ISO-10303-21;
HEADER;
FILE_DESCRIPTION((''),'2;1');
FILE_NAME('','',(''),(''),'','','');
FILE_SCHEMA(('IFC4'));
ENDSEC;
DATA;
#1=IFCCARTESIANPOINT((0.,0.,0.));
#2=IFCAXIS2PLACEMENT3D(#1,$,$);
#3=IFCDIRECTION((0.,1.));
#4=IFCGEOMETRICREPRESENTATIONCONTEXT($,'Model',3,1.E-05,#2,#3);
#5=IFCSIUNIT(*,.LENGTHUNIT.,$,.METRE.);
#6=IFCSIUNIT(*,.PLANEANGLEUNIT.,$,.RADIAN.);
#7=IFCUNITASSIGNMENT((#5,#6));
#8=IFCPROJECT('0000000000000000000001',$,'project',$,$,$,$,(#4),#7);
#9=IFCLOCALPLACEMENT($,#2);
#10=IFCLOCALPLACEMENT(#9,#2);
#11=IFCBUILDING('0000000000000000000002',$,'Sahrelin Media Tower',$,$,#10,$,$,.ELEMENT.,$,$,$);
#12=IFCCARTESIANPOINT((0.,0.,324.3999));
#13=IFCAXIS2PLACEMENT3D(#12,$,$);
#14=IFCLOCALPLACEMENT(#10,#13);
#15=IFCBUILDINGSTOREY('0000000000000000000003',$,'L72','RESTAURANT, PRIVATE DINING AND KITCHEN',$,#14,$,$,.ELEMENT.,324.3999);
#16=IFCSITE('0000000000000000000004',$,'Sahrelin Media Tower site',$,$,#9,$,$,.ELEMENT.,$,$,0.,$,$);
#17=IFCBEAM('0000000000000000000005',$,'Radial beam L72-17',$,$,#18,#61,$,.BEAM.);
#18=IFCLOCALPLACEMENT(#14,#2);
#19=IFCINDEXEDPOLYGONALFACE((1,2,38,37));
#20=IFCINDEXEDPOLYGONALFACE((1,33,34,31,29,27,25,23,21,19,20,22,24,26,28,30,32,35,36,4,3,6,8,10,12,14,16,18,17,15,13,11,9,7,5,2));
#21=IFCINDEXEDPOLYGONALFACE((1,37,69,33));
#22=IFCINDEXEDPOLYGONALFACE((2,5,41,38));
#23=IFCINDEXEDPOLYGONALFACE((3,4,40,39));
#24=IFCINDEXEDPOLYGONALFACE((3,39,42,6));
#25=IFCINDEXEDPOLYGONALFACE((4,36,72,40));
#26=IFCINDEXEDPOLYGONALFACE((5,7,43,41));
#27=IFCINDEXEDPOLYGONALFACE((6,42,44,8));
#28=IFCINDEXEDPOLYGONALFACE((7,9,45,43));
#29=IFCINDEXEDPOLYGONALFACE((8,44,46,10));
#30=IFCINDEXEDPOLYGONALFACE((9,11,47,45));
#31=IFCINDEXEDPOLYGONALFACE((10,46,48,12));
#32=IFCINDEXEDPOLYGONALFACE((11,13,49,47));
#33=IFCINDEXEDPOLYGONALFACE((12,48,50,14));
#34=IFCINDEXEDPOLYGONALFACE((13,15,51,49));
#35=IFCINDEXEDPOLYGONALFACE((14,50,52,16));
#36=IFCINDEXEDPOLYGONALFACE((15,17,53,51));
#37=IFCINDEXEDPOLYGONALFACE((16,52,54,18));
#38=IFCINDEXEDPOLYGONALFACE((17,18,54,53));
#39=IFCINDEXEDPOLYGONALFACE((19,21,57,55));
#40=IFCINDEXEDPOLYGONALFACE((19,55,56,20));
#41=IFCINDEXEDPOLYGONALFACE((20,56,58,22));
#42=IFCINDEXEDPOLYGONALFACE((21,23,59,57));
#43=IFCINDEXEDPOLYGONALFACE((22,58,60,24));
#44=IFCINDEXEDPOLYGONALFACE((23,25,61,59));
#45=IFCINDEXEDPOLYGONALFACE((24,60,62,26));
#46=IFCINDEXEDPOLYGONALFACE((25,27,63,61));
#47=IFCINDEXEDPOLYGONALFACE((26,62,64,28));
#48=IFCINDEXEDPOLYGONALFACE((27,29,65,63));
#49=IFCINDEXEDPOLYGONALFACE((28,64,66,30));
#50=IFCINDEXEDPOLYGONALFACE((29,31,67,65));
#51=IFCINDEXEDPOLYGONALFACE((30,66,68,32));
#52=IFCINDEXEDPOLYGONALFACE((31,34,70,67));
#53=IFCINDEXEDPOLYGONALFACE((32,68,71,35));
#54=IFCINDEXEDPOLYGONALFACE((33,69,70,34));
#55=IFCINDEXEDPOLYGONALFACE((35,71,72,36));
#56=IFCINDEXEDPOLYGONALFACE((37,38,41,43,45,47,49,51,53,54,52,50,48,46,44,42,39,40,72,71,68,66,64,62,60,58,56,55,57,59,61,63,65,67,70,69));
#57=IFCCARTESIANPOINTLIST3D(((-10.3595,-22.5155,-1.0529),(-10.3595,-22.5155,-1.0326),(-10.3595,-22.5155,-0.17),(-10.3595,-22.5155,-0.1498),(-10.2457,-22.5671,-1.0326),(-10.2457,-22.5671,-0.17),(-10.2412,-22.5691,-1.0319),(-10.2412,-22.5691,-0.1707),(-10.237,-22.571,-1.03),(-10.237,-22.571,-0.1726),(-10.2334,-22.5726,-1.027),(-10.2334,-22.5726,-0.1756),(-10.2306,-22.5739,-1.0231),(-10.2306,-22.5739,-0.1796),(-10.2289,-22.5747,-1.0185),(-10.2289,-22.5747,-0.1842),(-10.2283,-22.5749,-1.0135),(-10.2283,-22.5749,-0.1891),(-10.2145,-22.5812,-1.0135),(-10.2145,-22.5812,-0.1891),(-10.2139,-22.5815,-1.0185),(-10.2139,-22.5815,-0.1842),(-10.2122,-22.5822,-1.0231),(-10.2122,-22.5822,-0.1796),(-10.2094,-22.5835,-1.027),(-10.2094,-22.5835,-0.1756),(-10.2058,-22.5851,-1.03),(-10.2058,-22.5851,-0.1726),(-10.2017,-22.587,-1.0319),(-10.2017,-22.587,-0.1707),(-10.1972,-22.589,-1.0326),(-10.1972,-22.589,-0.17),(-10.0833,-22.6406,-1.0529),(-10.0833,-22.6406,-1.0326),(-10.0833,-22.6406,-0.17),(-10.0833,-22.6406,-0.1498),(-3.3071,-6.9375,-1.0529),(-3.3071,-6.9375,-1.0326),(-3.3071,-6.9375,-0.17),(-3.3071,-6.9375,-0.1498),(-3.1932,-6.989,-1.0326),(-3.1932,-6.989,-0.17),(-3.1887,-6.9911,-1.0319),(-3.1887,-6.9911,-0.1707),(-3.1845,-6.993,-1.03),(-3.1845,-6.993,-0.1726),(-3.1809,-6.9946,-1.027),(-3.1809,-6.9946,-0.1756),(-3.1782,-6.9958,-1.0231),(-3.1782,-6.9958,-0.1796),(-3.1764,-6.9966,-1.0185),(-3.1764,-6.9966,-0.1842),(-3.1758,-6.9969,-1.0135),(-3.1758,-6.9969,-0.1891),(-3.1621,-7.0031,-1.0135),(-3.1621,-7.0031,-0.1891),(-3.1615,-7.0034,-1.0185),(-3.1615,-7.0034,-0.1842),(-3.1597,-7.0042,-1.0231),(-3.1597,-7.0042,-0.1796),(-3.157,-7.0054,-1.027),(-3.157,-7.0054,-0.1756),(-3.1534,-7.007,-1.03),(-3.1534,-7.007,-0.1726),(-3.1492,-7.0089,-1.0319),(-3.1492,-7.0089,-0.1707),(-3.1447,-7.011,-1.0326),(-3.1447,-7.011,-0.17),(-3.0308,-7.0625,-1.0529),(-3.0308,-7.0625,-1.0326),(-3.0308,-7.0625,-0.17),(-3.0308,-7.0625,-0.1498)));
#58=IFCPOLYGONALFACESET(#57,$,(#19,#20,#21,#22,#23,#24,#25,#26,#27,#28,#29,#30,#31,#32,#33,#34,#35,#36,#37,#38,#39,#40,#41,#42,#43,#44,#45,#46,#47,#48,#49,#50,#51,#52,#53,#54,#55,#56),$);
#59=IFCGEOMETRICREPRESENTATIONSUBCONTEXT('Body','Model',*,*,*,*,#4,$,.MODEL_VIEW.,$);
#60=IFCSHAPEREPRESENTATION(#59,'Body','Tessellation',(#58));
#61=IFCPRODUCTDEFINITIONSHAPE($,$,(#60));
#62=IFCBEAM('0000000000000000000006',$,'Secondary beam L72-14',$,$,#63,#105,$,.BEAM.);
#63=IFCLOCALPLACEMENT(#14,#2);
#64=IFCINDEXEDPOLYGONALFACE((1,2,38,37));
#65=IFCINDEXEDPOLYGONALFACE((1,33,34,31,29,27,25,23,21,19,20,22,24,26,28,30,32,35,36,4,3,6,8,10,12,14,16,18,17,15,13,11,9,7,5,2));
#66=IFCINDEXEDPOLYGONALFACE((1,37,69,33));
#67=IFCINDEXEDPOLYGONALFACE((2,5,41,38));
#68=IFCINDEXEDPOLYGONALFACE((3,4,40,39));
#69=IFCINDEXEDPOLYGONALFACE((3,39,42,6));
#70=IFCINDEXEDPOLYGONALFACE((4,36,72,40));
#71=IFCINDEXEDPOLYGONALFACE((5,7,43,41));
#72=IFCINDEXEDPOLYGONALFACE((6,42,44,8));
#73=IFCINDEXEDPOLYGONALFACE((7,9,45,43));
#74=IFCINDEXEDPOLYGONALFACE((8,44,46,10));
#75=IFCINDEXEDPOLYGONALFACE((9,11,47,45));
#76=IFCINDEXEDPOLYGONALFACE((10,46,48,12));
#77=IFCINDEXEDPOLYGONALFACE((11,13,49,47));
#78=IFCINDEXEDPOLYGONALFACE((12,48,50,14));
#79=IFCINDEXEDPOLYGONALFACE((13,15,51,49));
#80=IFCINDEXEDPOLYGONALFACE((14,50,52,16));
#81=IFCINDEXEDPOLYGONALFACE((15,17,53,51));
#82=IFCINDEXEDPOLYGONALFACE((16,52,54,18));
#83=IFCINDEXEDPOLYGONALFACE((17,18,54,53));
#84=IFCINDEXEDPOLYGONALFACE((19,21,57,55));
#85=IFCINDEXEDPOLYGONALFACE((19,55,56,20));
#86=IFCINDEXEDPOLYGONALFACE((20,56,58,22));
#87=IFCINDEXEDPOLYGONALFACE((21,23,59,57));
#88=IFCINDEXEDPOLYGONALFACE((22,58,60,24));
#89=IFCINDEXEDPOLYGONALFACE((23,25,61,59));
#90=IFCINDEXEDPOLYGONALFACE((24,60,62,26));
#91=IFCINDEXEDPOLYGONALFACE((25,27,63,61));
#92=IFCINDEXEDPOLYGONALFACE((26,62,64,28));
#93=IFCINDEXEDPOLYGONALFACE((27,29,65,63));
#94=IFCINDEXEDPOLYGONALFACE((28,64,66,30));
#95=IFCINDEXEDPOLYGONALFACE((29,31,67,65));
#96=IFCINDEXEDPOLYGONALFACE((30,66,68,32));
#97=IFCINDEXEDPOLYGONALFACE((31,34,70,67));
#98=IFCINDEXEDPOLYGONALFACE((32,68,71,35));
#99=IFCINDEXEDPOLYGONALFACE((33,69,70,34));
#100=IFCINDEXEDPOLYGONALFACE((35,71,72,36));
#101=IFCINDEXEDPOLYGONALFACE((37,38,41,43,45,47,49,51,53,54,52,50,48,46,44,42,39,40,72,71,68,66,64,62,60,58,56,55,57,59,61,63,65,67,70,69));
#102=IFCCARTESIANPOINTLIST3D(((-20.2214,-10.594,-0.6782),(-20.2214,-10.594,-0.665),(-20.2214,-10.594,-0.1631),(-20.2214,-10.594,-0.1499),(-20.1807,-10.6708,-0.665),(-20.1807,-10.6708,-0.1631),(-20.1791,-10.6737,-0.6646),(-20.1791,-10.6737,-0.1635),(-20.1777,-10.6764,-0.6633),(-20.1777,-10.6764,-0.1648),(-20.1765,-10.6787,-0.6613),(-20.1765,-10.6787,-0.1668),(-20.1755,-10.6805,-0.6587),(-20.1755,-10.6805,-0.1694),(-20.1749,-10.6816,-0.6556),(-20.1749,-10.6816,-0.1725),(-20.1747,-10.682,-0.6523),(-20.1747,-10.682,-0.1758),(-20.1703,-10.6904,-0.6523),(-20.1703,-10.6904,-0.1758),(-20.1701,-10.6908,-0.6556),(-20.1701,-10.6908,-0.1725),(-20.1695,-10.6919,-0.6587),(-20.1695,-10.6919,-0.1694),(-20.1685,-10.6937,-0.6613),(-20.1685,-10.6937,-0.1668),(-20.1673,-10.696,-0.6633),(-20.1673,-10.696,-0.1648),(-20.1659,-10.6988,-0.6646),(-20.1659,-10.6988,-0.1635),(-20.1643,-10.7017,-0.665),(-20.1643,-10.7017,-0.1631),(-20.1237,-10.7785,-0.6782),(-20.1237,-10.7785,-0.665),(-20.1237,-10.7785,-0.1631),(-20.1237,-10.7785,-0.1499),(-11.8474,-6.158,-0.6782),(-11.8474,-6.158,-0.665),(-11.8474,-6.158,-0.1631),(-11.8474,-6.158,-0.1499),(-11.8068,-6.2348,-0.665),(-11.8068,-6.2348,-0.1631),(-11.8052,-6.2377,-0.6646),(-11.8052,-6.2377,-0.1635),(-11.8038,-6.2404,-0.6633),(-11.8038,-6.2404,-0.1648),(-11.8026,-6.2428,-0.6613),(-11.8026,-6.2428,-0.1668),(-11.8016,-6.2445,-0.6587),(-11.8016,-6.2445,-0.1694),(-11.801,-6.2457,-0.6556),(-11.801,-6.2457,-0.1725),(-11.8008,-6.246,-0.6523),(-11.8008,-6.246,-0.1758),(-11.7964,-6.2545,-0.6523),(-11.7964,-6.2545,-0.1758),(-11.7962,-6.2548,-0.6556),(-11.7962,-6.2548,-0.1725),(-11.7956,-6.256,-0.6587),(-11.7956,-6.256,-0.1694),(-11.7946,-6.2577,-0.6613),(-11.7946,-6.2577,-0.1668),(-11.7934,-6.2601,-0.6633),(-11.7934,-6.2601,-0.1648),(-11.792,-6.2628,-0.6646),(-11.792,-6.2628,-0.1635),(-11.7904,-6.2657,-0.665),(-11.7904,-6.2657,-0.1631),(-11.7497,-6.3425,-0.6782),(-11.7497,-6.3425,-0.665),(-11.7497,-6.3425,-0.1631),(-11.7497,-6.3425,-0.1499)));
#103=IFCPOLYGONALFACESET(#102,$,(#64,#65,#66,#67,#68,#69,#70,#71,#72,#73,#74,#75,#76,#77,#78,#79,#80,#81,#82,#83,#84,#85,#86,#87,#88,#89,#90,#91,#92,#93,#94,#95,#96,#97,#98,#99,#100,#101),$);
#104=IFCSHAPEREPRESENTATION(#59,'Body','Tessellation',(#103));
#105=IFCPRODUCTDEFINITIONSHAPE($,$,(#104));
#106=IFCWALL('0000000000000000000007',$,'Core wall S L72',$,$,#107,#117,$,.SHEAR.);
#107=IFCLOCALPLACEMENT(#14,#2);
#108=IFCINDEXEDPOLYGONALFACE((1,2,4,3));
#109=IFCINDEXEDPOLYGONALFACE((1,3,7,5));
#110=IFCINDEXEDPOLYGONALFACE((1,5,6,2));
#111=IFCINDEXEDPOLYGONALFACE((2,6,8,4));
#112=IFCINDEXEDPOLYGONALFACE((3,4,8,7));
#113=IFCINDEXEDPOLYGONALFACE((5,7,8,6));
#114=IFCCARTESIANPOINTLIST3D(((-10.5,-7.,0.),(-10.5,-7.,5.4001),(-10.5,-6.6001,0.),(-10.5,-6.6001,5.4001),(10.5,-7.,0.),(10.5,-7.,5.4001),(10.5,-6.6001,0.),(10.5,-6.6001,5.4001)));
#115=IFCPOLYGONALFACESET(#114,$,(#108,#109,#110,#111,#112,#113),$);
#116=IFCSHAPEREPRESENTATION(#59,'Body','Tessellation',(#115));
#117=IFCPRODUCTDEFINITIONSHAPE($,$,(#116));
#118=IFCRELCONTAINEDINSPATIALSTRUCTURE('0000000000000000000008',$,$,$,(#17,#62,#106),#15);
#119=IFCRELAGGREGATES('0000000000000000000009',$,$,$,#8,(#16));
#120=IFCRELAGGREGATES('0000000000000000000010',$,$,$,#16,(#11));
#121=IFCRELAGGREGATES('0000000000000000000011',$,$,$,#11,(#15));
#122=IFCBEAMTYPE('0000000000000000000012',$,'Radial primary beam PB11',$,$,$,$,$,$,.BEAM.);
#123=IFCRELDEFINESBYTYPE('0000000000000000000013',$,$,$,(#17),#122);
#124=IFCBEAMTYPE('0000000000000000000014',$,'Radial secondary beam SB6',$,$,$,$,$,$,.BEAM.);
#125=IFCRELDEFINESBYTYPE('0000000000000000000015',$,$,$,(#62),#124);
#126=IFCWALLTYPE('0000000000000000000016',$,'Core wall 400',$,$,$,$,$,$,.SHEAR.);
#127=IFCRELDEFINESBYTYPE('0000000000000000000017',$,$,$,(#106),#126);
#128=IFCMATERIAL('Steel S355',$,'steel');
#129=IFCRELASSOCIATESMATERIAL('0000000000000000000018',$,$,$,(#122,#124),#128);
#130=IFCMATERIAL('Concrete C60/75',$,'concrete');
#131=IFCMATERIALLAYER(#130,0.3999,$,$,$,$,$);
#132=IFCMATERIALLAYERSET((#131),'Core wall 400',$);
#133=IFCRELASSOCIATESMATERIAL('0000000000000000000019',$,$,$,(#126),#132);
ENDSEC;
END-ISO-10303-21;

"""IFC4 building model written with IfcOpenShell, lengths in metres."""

from ifc_helpers import new_model, si_unit, direction, frame, frame_2d, origin, origin_2d, place, context, subcontext, project, spatial, rectangle, i_section, extrude, material, layer, layer_set, material_profile, profile_set, type_object, element, save


model = new_model("IFC4")

# Units and contexts
model_context = context("Model", 3, precision=1e-05, world=origin(), true_north=direction((0.0, 1.0)))
body_context = subcontext(model_context, "Body", "Model", "MODEL_VIEW")
ifc_project = project(units=[si_unit("LENGTHUNIT", "METRE"), si_unit("PLANEANGLEUNIT", "RADIAN")], contexts=[model_context])

# Site, building, storey
site_placement = place(None, origin())
site = spatial("IfcSite", under=ifc_project, at=site_placement, Name="Sahrelin Media Tower site", CompositionType="ELEMENT", RefElevation=0.0)
building_placement = place(site_placement, origin())
building = spatial("IfcBuilding", under=site, at=building_placement, Name="Sahrelin Media Tower", CompositionType="ELEMENT")
storey_placement = place(building_placement, frame((0.0, 0.0, 324.3999)))
storey = spatial("IfcBuildingStorey", under=building, at=storey_placement, Name="L72", Description="RESTAURANT, PRIVATE DINING AND KITCHEN", CompositionType="ELEMENT", Elevation=324.3999)

# Beams
ifc_material_1 = material(Name="Steel S355", Category="steel")
ifc_material_profile_1 = material_profile(ifc_material_1, i_section(OverallWidth=0.3032, OverallDepth=0.9031, WebThickness=0.0151, FlangeThickness=0.0203, FilletRadius=0.019, at=origin_2d()), Name="UB 914x305x201")
ifc_profile_set_1 = profile_set([ifc_material_profile_1], Name="Steel S355")
beam_type_1 = type_object("IfcBeamType", Name="Radial primary beam PB11", PredefinedType="BEAM", material=ifc_profile_set_1)
beam_1_placement = place(storey_placement, frame((-3.1689, -7.0, -0.6013), z_axis=(-0.412422, -0.910993, 0.0), x_axis=(0.910993, -0.412422, 0.0)))
element("IfcBeam", 1, at=beam_1_placement, inside=storey, type_object=beam_type_1, Name="Radial beam L72-17", PredefinedType="BEAM", context=body_context, shape_type="SweptSolid", body=[
    extrude(i_section(OverallWidth=0.3032, OverallDepth=0.9031, WebThickness=0.0151, FlangeThickness=0.0203, FilletRadius=0.019, at=origin_2d()), origin(), (0.0, 0.0, 1.0), 17.1001),
])
ifc_material_profile_2 = material_profile(ifc_material_1, i_section(OverallWidth=0.2087, OverallDepth=0.5283, WebThickness=0.0095, FlangeThickness=0.0132, FilletRadius=0.0127, at=origin_2d()), Name="UB 533x210x82")
ifc_profile_set_2 = profile_set([ifc_material_profile_2], Name="Steel S355")
beam_type_2 = type_object("IfcBeamType", Name="Radial secondary beam SB6", PredefinedType="BEAM", material=ifc_profile_set_2)
beam_2_placement = place(storey_placement, frame((-11.7986, -6.2502, -0.4141), z_axis=(-0.883669, -0.468113, 0.0), x_axis=(0.468113, -0.883669, 0.0)))
element("IfcBeam", 2, at=beam_2_placement, inside=storey, type_object=beam_type_2, Name="Secondary beam L72-14", PredefinedType="BEAM", context=body_context, shape_type="SweptSolid", body=[
    extrude(i_section(OverallWidth=0.2087, OverallDepth=0.5283, WebThickness=0.0095, FlangeThickness=0.0132, FilletRadius=0.0127, at=origin_2d()), origin(), (0.0, 0.0, 1.0), 9.4763),
])

# Wall
ifc_material_2 = material(Name="Concrete C60/75", Category="concrete")
ifc_layer_1 = layer(ifc_material_2, 0.3999)
ifc_layer_set_1 = layer_set([ifc_layer_1], Name="Core wall 400")
wall_type_1 = type_object("IfcWallType", Name="Core wall 400", PredefinedType="SHEAR", material=ifc_layer_set_1)
wall_1_placement = place(storey_placement, frame((-10.5, -6.8, 0.0), z_axis=(0.0, 0.0, 1.0), x_axis=(1.0, 0.0, 0.0)))
element("IfcWall", 3, at=wall_1_placement, inside=storey, type_object=wall_type_1, Name="Core wall S L72", PredefinedType="SHEAR", context=body_context, shape_type="SweptSolid", body=[
    extrude(rectangle(XDim=21.0, YDim=0.3999, at=frame_2d((10.5, 0.0))), origin(), (0.0, 0.0, 1.0), 5.4001),
])

save(model, "model.ifc")
